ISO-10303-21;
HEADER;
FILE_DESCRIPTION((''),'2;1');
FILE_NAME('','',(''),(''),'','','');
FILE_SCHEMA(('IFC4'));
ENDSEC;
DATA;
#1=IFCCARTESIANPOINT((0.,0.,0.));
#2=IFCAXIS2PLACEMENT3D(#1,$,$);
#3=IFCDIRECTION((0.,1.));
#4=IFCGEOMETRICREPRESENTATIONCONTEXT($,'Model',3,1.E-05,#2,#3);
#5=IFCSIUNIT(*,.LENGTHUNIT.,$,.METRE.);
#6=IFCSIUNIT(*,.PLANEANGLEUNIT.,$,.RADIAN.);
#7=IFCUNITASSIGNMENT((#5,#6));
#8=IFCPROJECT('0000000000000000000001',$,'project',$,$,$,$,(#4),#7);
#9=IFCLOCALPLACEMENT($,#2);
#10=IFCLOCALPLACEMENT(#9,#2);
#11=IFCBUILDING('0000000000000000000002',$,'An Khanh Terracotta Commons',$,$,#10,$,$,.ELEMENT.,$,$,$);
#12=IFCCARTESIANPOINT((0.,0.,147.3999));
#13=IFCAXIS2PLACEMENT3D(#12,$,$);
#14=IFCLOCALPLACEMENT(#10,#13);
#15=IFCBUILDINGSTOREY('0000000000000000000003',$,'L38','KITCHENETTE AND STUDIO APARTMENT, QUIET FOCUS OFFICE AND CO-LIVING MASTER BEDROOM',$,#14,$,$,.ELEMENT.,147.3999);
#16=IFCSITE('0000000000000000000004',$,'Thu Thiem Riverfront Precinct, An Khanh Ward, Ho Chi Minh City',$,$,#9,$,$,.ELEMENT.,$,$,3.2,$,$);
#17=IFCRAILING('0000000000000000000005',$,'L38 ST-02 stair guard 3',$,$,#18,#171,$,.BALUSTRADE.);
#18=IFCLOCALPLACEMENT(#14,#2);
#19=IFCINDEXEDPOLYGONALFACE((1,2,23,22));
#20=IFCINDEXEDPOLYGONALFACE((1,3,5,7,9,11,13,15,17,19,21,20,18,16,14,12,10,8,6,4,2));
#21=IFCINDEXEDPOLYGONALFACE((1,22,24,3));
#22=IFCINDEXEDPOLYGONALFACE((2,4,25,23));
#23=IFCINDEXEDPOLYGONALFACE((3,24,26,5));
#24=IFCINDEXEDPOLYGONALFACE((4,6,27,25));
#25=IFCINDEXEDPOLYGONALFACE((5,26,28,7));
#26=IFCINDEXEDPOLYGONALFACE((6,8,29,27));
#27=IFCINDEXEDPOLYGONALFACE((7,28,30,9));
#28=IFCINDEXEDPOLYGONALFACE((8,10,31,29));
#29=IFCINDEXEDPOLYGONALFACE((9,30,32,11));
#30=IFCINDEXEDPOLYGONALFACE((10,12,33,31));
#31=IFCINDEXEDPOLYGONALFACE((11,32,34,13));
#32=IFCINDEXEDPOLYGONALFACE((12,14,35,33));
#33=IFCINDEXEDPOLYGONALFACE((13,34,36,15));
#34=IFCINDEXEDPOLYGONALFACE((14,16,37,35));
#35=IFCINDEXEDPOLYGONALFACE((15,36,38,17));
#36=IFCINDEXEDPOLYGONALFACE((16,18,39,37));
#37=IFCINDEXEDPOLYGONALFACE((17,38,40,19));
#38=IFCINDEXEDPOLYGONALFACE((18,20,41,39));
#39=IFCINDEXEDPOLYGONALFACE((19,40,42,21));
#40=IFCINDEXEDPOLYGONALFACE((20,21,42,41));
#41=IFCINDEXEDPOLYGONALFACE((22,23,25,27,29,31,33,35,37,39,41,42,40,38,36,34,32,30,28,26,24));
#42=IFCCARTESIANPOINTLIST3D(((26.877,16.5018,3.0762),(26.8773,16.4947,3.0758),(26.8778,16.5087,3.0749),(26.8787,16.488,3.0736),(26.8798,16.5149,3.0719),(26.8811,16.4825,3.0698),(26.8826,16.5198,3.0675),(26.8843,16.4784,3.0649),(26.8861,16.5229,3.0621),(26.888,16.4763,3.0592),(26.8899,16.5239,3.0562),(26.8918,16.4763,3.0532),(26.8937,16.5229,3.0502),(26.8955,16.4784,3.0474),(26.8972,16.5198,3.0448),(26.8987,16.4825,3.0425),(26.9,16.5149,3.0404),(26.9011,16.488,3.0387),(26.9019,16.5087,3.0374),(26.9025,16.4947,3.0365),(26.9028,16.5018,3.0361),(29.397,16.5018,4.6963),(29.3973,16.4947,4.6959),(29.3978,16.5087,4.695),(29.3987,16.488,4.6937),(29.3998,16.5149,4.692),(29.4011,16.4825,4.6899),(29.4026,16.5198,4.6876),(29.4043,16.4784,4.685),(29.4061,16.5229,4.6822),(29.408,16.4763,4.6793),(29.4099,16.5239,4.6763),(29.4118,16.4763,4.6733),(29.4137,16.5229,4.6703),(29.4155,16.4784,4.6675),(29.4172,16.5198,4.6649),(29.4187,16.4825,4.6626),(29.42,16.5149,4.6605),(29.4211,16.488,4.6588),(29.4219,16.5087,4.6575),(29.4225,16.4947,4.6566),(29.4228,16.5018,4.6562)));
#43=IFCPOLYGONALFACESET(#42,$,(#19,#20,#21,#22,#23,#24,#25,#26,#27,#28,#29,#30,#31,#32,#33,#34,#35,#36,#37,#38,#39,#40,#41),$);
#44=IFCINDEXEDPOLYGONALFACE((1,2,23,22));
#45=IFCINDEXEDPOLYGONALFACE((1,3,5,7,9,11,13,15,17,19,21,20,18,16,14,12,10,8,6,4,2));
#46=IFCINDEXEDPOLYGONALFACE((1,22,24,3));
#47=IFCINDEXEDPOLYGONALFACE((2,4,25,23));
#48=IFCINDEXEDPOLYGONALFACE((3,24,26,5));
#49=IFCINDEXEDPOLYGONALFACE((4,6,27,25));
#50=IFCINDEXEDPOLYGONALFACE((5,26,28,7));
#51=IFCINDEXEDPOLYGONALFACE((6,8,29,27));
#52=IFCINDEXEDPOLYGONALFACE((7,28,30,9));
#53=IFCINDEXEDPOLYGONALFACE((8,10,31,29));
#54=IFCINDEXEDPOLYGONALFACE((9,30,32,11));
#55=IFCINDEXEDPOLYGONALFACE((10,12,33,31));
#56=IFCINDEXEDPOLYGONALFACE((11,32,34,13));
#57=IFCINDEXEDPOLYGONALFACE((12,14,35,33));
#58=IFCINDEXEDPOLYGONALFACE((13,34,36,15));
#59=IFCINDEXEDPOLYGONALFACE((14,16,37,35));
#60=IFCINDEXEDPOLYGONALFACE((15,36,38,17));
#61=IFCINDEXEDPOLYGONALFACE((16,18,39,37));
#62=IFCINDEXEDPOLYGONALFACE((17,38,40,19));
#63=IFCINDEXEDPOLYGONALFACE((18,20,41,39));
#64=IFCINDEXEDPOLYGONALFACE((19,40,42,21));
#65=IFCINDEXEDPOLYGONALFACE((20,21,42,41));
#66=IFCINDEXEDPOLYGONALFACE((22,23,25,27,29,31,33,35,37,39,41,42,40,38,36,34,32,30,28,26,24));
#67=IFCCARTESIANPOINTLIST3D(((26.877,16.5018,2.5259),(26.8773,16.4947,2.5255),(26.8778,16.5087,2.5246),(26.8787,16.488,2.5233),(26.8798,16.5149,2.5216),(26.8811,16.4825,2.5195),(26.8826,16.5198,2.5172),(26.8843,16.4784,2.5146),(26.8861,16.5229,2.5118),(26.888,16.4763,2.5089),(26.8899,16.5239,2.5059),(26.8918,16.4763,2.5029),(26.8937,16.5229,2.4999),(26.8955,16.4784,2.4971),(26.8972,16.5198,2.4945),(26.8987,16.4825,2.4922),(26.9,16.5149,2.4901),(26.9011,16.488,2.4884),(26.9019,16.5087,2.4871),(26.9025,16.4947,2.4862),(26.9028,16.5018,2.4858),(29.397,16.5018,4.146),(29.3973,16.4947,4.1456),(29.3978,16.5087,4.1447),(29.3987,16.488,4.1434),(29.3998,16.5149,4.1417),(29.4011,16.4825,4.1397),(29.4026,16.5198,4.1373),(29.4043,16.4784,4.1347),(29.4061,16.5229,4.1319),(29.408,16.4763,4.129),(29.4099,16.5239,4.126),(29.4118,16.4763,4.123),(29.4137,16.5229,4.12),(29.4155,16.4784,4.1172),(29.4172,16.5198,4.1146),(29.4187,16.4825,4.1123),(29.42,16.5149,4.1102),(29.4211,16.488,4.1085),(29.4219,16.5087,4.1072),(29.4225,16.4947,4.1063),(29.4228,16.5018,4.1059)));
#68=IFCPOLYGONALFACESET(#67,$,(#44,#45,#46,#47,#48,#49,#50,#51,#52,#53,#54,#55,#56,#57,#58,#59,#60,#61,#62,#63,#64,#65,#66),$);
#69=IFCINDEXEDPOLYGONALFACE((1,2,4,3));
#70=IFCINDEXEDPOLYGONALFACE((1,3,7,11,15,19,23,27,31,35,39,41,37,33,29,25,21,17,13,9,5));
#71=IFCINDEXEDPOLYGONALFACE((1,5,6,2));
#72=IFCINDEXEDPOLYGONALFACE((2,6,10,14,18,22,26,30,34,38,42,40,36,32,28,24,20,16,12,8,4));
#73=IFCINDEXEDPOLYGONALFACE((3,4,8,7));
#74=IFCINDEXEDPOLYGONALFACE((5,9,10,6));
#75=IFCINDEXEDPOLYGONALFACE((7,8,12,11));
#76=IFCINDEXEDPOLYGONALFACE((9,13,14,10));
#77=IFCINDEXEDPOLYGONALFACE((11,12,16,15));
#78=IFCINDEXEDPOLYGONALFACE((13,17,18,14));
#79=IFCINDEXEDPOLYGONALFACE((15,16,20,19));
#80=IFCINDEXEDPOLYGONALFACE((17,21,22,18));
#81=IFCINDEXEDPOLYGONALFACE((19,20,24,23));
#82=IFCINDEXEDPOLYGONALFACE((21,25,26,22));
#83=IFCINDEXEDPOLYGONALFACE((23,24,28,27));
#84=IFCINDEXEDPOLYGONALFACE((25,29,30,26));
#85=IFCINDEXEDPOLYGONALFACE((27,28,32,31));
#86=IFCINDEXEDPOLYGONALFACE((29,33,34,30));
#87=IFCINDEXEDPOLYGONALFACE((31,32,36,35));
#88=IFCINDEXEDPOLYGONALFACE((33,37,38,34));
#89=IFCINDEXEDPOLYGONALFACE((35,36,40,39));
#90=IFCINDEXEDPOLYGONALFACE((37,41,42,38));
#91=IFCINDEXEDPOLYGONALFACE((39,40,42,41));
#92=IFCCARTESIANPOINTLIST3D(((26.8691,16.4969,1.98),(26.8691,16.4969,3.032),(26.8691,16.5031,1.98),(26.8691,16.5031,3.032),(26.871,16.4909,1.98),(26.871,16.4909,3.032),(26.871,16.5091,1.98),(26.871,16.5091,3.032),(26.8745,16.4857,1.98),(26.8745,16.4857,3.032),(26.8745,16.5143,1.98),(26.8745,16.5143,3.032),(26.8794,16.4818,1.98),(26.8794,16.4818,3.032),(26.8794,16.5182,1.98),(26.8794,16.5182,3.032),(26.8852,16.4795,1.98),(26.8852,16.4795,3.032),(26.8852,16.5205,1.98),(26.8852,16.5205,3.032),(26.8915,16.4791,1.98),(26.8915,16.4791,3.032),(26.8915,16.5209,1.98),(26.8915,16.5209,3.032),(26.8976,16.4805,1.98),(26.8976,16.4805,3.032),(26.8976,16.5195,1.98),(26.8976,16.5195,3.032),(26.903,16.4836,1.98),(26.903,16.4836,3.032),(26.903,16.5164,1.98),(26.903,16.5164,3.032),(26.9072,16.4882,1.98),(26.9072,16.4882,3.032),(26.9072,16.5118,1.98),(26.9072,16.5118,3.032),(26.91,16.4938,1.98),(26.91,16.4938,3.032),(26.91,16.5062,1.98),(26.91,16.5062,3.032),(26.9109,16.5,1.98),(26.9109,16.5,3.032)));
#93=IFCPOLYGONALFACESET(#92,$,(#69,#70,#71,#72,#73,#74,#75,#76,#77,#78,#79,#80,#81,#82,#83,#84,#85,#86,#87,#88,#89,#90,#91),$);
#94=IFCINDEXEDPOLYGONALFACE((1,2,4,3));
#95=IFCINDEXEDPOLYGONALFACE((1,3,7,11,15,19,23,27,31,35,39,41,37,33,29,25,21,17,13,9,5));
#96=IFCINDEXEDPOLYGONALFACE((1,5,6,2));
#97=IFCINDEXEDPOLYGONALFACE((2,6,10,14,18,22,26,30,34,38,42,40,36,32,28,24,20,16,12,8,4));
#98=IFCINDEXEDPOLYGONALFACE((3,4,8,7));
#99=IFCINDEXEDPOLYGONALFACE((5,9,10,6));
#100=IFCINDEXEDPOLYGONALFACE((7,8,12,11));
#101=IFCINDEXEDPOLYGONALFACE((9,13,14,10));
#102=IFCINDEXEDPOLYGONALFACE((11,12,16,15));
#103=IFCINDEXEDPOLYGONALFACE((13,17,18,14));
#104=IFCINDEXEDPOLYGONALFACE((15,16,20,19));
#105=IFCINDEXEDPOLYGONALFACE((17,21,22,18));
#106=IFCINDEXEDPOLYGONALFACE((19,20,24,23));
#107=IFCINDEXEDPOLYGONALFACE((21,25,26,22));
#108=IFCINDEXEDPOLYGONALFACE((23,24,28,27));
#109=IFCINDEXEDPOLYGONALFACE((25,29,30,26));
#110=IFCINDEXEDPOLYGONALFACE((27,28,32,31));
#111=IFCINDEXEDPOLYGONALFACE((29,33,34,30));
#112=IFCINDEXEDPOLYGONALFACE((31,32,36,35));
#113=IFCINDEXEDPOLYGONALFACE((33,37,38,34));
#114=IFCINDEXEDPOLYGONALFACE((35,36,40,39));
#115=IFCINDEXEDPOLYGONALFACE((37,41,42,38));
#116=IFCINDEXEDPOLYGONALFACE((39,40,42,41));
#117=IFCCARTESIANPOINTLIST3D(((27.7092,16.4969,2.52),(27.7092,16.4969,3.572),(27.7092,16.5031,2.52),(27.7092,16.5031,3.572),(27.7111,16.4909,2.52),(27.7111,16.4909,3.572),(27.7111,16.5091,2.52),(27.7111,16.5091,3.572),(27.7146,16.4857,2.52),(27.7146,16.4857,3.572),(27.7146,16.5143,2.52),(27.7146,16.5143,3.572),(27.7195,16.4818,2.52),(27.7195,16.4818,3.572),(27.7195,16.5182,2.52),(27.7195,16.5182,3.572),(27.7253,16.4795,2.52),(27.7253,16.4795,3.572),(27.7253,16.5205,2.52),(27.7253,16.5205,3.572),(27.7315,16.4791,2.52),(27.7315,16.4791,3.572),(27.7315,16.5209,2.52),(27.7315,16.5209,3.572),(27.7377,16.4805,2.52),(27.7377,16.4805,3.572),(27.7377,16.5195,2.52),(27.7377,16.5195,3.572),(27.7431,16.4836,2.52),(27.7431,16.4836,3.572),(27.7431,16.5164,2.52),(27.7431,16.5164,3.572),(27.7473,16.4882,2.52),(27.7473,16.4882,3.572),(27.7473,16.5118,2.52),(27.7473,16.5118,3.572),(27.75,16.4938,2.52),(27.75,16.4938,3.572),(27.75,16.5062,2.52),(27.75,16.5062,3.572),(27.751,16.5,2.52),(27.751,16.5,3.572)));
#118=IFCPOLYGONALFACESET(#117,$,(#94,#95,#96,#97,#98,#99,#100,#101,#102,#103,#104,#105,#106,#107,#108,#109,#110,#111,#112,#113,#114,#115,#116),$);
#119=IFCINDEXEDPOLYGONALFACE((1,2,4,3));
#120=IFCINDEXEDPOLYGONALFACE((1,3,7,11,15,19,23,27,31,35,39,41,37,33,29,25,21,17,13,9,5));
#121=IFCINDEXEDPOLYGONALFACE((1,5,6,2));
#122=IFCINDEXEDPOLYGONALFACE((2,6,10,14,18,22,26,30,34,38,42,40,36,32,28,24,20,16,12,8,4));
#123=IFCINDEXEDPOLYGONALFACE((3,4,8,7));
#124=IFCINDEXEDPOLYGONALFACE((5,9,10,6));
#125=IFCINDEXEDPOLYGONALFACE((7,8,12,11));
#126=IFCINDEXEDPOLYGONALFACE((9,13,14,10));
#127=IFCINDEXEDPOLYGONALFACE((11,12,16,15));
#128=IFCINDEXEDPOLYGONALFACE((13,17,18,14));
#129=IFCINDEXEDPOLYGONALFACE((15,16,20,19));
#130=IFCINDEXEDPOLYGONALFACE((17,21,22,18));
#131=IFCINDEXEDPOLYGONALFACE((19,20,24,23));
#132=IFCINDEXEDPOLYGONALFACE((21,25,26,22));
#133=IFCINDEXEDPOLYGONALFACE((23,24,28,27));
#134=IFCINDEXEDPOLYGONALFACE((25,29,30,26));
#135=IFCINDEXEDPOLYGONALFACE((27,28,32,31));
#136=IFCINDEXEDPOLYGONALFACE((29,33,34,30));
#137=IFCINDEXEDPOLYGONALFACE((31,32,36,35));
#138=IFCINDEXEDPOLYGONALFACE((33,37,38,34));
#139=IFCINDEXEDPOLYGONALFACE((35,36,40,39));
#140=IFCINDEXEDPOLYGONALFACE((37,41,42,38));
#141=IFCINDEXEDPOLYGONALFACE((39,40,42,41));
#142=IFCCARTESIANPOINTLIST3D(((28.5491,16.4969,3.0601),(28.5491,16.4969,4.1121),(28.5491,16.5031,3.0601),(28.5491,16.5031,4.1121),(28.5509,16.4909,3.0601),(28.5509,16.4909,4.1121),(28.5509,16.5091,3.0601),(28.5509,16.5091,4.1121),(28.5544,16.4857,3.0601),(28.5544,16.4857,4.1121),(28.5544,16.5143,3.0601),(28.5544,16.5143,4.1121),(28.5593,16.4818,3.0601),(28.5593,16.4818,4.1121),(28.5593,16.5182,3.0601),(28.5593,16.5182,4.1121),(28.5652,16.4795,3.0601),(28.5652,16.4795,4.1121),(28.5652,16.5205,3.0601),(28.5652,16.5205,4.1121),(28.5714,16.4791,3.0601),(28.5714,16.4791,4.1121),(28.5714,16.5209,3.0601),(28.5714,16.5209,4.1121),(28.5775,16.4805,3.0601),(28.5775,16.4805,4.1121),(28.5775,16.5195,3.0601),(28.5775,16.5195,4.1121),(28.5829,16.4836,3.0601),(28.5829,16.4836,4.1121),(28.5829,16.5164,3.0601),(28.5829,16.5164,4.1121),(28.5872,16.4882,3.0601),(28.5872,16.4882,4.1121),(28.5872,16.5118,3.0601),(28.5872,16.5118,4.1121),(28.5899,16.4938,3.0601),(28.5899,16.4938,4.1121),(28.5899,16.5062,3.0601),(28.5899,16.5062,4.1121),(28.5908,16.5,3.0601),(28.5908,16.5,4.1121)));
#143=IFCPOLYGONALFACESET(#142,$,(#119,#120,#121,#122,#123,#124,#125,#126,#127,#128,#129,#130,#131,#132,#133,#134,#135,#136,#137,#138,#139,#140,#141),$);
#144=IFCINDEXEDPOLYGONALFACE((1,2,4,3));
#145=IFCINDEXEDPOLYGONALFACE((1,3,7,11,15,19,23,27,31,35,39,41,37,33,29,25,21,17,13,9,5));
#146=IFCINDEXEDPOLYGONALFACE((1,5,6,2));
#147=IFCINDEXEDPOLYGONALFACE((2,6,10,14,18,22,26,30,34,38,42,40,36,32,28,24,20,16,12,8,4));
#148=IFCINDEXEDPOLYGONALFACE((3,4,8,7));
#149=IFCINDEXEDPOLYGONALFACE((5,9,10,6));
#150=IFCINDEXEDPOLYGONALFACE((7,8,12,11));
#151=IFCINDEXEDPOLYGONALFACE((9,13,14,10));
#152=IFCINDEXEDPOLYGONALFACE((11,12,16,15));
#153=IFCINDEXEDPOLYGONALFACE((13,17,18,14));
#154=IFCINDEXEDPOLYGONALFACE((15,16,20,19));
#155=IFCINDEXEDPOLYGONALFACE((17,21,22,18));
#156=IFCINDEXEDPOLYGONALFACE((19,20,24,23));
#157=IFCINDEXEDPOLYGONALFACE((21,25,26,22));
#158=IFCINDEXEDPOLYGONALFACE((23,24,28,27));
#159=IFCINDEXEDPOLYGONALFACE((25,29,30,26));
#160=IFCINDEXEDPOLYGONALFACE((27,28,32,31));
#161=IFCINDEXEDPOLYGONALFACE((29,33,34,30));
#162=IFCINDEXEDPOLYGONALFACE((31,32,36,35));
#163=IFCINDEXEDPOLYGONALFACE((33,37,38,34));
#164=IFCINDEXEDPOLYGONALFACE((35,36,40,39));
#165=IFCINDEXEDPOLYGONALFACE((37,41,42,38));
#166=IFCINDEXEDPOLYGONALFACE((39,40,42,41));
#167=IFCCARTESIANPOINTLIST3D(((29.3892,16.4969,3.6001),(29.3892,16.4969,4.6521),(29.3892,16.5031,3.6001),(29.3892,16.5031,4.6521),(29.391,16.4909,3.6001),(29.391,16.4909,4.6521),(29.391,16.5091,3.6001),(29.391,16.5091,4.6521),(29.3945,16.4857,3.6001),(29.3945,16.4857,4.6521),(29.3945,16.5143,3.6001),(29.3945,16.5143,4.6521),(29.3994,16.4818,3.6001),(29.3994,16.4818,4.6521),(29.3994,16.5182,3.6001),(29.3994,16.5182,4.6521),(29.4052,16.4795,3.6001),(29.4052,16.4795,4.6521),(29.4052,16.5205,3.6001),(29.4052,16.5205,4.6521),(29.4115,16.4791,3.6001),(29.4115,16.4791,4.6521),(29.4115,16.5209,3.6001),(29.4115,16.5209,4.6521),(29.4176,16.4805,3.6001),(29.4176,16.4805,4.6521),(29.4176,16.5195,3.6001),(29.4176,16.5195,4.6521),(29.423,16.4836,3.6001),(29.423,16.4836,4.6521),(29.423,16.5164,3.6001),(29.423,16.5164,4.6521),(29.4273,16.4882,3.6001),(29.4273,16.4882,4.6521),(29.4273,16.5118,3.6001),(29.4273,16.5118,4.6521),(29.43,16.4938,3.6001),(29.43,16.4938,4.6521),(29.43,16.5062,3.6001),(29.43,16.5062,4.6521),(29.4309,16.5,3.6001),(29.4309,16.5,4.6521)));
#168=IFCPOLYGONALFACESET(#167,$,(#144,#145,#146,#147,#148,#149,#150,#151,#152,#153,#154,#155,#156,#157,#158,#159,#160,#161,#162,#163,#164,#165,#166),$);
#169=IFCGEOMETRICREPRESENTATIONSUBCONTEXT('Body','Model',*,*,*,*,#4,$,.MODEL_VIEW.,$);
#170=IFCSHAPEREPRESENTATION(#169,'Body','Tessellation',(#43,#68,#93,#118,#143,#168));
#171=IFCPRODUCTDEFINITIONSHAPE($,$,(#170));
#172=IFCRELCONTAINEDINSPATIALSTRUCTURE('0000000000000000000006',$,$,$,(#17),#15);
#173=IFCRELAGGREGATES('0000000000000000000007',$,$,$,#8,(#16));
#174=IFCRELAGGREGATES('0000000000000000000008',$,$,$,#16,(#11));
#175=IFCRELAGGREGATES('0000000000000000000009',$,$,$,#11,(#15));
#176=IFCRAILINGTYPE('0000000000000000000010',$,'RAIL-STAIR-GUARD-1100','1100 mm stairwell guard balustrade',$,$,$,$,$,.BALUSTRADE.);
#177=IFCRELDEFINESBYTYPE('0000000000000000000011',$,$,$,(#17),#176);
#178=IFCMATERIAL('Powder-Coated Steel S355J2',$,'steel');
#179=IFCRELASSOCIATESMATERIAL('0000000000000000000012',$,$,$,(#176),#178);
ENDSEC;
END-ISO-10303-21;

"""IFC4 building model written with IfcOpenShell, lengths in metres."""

from ifc_helpers import new_model, si_unit, direction, frame, origin, origin_2d, place, context, subcontext, project, spatial, circle, extrude, material, type_object, element, save


model = new_model("IFC4")

# Units and contexts
model_context = context("Model", 3, precision=1e-05, world=origin(), true_north=direction((0.0, 1.0)))
body_context = subcontext(model_context, "Body", "Model", "MODEL_VIEW")
ifc_project = project(units=[si_unit("LENGTHUNIT", "METRE"), si_unit("PLANEANGLEUNIT", "RADIAN")], contexts=[model_context])

# Site, building, storey
site_placement = place(None, origin())
site = spatial("IfcSite", under=ifc_project, at=site_placement, Name="Thu Thiem Riverfront Precinct, An Khanh Ward, Ho Chi Minh City", CompositionType="ELEMENT", RefElevation=3.2)
building_placement = place(site_placement, origin())
building = spatial("IfcBuilding", under=site, at=building_placement, Name="An Khanh Terracotta Commons", CompositionType="ELEMENT")
storey_placement = place(building_placement, frame((0.0, 0.0, 147.3999)))
storey = spatial("IfcBuildingStorey", under=building, at=storey_placement, Name="L38", Description="KITCHENETTE AND STUDIO APARTMENT, QUIET FOCUS OFFICE AND CO-LIVING MASTER BEDROOM", CompositionType="ELEMENT", Elevation=147.3999)

# Railing
ifc_material_1 = material(Name="Powder-Coated Steel S355J2", Category="steel")
railing_type_1 = type_object("IfcRailingType", Name="RAIL-STAIR-GUARD-1100", Description="1100 mm stairwell guard balustrade", PredefinedType="BALUSTRADE", material=ifc_material_1)
railing_1_placement = place(storey_placement, frame((26.8899, 16.5, 1.98)))
element("IfcRailing", 1, at=railing_1_placement, inside=storey, type_object=railing_type_1, Name="L38 ST-02 stair guard 3", PredefinedType="BALUSTRADE", context=body_context, shape_type="SweptSolid", body=[
    extrude(circle(Radius=0.0239, at=origin_2d()), frame((0.0, 0.0, 1.0762), z_axis=(0.841163, 0.0, 0.540782), x_axis=(0.0, 1.0, 0.0)), (0.0, 0.0, 1.0), 2.9958),
    extrude(circle(Radius=0.0239, at=origin_2d()), frame((0.0, 0.0, 0.5259), z_axis=(0.841163, 0.0, 0.540782), x_axis=(0.0, 1.0, 0.0)), (0.0, 0.0, 1.0), 2.9958),
    extrude(circle(Radius=0.021, at=origin_2d()), origin(), (0.0, 0.0, 1.0), 1.052),
    extrude(circle(Radius=0.021, at=origin_2d()), frame((0.8401, 0.0, 0.54)), (0.0, 0.0, 1.0), 1.052),
    extrude(circle(Radius=0.021, at=origin_2d()), frame((1.6799, 0.0, 1.0801)), (0.0, 0.0, 1.0), 1.052),
    extrude(circle(Radius=0.021, at=origin_2d()), frame((2.52, 0.0, 1.6201)), (0.0, 0.0, 1.0), 1.052),
])

save(model, "model.ifc")
